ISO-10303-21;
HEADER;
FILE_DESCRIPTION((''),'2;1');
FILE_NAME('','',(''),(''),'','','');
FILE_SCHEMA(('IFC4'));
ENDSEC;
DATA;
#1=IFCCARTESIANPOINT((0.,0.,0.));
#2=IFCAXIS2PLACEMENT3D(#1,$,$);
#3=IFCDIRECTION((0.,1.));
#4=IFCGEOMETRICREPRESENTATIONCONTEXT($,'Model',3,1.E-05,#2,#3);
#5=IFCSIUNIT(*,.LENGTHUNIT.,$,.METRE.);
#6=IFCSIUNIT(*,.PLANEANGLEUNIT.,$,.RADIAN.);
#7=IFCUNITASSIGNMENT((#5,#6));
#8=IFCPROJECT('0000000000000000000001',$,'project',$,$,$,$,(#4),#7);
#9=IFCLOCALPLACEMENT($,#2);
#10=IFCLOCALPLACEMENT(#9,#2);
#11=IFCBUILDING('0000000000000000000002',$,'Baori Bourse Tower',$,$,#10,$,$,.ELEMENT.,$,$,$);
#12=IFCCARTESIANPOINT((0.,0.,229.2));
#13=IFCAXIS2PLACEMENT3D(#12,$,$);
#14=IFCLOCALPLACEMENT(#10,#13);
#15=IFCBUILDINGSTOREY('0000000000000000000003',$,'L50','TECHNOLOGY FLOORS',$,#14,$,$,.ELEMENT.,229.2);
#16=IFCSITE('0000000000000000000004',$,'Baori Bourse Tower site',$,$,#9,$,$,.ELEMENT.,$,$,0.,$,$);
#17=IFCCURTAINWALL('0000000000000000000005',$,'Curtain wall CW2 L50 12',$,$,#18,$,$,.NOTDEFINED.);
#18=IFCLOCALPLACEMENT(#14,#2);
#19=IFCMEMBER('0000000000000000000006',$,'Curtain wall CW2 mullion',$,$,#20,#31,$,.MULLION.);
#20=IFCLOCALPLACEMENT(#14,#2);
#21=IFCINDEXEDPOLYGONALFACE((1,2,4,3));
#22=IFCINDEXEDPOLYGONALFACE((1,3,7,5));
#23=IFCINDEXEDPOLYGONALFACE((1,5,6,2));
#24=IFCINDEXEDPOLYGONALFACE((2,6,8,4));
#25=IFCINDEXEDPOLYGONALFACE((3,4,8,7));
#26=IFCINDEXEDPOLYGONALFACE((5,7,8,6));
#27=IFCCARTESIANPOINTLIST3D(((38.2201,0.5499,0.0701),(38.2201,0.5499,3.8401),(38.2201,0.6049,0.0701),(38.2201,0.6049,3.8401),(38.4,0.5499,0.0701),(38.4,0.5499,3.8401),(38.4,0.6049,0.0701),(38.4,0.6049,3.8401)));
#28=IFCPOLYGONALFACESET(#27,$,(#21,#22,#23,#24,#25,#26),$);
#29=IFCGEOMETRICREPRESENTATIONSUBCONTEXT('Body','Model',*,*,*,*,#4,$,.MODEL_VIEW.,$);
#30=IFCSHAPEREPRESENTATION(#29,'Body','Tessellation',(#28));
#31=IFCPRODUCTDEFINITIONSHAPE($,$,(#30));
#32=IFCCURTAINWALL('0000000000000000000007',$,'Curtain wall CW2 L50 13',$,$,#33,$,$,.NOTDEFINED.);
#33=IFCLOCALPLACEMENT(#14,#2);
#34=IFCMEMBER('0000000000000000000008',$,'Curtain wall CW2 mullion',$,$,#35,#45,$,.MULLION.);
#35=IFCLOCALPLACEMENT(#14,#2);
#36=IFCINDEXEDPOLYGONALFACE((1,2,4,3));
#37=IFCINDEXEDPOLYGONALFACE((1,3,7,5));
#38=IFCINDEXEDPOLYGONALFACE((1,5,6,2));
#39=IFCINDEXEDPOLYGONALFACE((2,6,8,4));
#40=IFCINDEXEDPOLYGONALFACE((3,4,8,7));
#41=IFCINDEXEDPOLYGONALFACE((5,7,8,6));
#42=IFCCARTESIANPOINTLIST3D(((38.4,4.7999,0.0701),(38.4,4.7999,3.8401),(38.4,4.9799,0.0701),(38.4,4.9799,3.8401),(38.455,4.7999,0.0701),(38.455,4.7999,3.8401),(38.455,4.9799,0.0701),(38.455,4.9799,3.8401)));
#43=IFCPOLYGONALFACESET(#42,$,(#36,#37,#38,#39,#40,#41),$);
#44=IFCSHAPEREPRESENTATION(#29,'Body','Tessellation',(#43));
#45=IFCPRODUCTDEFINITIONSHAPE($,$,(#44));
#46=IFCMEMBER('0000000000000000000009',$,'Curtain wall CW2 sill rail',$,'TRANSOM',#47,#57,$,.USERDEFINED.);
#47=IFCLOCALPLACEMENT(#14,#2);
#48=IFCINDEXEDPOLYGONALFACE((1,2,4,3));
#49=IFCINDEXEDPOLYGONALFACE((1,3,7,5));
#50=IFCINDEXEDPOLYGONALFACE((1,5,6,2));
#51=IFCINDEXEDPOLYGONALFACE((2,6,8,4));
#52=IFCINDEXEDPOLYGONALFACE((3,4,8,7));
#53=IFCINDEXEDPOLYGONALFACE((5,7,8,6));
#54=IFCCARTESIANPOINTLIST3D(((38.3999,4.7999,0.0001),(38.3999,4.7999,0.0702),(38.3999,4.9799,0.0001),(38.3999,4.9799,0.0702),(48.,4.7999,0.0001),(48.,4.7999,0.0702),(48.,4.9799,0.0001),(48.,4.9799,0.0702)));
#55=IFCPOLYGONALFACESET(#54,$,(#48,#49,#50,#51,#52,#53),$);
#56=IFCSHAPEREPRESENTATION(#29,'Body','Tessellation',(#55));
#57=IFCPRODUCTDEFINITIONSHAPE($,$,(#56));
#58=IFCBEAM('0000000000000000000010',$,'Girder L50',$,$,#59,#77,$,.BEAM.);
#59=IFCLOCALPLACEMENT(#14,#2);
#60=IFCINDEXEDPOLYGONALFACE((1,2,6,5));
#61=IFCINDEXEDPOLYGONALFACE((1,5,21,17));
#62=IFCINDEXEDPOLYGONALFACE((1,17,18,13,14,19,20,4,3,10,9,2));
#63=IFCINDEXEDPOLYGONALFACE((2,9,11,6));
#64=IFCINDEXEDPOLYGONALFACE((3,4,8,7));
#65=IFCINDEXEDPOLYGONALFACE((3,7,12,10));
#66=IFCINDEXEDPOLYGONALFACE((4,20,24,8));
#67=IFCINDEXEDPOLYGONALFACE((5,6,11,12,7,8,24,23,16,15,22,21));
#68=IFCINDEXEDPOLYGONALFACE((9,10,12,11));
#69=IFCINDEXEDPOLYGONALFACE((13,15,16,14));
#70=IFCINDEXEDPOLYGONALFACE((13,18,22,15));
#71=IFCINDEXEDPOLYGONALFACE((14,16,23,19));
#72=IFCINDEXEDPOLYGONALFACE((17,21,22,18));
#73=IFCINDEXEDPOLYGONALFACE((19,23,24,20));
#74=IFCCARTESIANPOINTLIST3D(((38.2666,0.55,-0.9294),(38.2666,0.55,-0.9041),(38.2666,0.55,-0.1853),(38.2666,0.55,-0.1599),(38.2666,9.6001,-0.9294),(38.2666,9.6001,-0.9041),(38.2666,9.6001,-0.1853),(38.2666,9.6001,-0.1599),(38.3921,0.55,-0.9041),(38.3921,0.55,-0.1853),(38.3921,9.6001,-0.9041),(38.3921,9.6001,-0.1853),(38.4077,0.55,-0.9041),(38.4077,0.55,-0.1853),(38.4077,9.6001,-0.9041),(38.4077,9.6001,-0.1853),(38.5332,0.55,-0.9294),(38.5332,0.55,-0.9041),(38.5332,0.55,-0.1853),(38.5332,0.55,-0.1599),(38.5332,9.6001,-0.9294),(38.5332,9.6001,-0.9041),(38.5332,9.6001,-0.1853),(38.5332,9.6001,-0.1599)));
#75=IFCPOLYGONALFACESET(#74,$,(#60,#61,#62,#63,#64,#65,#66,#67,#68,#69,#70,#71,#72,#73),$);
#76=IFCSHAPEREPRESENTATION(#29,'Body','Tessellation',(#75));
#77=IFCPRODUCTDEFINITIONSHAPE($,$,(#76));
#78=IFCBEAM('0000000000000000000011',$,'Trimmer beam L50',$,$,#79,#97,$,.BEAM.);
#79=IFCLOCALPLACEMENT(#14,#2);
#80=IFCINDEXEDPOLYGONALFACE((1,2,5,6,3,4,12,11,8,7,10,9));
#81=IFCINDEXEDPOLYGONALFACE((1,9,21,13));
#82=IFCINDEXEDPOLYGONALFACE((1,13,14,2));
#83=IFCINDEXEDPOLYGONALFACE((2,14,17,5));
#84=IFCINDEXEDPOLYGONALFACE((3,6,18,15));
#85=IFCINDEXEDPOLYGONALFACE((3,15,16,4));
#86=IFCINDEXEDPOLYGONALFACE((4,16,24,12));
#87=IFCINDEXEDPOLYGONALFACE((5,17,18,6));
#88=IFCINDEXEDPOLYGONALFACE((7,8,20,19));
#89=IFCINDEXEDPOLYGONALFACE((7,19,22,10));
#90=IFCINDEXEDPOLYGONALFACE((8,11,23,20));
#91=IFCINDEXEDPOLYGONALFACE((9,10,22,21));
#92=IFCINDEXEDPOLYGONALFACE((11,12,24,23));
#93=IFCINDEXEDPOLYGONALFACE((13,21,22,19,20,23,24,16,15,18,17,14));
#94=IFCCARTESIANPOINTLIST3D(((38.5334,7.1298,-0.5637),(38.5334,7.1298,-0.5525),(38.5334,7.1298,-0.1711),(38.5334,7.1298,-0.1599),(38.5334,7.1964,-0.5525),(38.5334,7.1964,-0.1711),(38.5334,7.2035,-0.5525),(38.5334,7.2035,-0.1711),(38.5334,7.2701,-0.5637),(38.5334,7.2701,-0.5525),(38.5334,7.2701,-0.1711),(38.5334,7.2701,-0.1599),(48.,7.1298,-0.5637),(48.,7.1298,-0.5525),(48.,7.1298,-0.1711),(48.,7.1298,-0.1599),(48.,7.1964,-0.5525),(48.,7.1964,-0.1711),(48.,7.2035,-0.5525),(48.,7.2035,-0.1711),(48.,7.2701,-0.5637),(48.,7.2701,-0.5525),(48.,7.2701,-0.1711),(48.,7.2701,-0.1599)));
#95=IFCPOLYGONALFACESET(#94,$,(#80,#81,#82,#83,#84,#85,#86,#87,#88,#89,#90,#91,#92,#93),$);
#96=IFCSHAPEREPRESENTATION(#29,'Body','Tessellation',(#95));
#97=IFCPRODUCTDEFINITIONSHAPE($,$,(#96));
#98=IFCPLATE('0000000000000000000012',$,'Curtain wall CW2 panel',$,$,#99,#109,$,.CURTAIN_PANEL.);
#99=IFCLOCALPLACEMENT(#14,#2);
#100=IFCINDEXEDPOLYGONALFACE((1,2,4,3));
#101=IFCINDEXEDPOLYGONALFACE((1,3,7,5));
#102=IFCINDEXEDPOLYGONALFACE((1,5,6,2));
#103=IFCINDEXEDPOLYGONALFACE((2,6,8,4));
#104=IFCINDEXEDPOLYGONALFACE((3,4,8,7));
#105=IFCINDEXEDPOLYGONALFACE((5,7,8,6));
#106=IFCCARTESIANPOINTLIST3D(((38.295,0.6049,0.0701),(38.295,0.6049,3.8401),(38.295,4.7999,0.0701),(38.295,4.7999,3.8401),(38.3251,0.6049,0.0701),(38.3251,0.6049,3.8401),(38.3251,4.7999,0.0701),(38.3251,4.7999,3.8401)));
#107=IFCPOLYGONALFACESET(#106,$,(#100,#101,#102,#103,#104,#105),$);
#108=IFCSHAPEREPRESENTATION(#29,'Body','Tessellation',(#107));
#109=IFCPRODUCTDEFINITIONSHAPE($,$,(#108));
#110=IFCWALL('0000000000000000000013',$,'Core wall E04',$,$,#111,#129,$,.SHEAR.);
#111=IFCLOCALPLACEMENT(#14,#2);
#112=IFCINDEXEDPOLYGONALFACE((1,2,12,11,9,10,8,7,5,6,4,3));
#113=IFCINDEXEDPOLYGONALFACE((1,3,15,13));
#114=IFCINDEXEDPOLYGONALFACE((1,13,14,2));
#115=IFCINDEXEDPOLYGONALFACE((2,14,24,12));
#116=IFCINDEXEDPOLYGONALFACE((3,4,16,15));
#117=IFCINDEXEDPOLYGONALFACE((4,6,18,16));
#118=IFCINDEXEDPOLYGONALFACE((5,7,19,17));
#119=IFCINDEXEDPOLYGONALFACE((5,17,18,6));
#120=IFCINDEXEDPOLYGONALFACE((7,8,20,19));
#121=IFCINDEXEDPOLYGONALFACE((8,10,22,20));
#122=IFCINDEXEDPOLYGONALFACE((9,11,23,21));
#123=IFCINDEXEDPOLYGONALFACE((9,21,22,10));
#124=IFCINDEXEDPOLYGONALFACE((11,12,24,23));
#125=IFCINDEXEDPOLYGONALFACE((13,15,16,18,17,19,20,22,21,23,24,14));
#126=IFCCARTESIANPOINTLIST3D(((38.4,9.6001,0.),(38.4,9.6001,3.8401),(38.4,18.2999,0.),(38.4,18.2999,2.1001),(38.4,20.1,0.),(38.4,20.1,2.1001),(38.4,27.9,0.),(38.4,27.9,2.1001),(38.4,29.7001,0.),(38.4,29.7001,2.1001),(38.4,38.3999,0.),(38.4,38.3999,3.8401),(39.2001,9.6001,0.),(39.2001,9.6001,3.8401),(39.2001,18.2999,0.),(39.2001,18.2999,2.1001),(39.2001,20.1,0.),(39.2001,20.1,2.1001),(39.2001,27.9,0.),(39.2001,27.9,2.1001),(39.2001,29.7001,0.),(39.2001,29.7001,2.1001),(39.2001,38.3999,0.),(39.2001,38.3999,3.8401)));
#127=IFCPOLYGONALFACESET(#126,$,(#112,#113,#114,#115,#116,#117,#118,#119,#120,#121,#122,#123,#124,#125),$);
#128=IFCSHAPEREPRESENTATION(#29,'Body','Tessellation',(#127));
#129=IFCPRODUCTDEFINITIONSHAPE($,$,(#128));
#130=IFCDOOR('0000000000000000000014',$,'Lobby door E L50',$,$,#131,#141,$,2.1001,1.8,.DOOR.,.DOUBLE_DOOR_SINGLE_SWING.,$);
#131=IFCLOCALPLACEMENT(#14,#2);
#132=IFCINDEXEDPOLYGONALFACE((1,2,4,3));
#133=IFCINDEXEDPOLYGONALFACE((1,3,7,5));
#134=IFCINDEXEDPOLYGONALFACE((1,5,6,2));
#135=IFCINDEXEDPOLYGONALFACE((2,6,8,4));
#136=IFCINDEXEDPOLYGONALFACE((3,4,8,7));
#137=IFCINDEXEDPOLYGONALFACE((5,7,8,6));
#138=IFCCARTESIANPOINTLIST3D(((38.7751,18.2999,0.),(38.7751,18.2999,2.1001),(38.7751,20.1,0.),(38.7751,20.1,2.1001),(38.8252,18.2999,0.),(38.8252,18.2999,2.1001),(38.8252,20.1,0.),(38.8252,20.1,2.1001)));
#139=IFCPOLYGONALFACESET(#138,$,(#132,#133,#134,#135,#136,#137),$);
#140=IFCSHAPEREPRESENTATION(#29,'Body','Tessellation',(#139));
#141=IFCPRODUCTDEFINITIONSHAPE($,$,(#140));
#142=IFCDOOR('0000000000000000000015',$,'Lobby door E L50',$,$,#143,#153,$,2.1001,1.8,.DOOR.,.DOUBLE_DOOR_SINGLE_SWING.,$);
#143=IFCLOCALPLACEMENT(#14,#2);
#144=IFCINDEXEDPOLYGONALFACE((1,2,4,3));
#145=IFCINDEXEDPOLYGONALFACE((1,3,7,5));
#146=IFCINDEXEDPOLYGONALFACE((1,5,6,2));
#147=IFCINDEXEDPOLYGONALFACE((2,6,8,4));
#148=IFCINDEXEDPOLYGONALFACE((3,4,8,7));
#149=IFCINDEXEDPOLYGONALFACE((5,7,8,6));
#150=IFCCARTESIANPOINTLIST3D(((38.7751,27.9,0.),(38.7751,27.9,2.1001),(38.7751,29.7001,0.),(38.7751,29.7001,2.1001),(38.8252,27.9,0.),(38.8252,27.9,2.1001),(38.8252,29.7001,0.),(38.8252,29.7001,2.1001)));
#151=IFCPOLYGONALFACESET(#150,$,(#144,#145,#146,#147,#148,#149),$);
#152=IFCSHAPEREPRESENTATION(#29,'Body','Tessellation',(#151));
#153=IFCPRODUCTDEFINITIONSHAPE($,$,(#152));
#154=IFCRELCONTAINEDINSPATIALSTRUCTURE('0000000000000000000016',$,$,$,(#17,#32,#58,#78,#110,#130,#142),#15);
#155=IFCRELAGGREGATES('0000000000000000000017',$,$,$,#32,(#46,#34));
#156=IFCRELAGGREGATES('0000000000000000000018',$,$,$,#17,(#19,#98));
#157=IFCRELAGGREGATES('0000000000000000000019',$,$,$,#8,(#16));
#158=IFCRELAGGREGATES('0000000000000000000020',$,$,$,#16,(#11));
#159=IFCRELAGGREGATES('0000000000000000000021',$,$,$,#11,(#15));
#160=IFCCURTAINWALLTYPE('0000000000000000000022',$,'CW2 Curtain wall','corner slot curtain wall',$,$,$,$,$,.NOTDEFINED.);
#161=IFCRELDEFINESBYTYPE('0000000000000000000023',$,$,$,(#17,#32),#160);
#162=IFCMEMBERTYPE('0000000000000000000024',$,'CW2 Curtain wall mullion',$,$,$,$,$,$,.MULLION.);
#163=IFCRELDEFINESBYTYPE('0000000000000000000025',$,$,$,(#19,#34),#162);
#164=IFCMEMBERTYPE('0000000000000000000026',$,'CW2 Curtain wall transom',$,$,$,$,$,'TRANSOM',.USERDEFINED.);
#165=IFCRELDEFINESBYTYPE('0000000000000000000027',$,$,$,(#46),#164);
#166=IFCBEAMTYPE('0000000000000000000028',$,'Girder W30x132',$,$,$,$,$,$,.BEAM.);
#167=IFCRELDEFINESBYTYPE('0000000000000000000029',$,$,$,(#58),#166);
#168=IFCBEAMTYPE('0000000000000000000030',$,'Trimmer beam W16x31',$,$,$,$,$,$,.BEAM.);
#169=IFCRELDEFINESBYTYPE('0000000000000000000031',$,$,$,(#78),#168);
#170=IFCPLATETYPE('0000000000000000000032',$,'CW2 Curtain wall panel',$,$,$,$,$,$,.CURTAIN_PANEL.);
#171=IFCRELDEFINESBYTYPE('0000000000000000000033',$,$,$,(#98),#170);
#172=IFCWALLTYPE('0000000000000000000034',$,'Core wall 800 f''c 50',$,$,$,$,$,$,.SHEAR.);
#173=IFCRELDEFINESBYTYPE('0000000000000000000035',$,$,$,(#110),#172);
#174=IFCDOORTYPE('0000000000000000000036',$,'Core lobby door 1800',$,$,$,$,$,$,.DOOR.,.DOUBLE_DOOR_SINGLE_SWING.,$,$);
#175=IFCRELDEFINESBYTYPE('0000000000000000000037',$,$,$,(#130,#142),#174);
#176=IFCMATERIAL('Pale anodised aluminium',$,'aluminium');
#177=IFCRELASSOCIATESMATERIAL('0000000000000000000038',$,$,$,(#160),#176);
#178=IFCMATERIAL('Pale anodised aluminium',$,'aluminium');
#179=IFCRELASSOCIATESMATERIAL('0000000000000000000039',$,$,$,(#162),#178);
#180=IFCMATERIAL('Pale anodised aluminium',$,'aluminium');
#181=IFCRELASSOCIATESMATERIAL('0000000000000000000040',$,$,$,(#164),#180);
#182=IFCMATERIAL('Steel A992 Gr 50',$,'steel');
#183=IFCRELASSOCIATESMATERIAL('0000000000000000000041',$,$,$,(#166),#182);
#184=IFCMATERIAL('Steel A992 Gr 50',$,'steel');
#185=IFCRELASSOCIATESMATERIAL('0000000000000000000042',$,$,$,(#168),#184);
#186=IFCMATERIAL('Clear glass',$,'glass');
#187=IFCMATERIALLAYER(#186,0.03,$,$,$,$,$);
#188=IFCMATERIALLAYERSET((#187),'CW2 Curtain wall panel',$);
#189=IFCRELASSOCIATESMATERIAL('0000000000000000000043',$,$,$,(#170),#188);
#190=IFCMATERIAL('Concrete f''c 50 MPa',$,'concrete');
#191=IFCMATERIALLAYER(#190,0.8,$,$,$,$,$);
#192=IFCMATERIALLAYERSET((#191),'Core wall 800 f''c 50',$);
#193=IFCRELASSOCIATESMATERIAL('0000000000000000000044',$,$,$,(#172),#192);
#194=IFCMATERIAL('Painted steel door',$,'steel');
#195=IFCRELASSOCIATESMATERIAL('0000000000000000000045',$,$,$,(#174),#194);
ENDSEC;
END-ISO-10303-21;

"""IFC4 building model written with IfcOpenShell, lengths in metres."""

from ifc_helpers import new_model, si_unit, direction, frame, frame_2d, origin, origin_2d, place, context, subcontext, project, spatial, rectangle, i_section, extrude, material, layer, layer_set, material_profile, profile_set, type_object, element, fill, aggregate, save


model = new_model("IFC4")

# Units and contexts
model_context = context("Model", 3, precision=1e-05, world=origin(), true_north=direction((0.0, 1.0)))
body_context = subcontext(model_context, "Body", "Model", "MODEL_VIEW")
ifc_project = project(units=[si_unit("LENGTHUNIT", "METRE"), si_unit("PLANEANGLEUNIT", "RADIAN")], contexts=[model_context])

# Site, building, storey
site_placement = place(None, origin())
site = spatial("IfcSite", under=ifc_project, at=site_placement, Name="Baori Bourse Tower site", CompositionType="ELEMENT", RefElevation=0.0)
building_placement = place(site_placement, origin())
building = spatial("IfcBuilding", under=site, at=building_placement, Name="Baori Bourse Tower", CompositionType="ELEMENT")
storey_placement = place(building_placement, frame((0.0, 0.0, 229.2)))
storey = spatial("IfcBuildingStorey", under=building, at=storey_placement, Name="L50", Description="TECHNOLOGY FLOORS", CompositionType="ELEMENT", Elevation=229.2)

# Curtain wall, member
ifc_material_1 = material(Name="Pale anodised aluminium", Category="aluminium")
curtain_wall_type = type_object("IfcCurtainWallType", Name="CW2 Curtain wall", Description="corner slot curtain wall", PredefinedType="NOTDEFINED", material=ifc_material_1)
curtain_wall_1_placement = place(storey_placement, origin())
curtain_wall_1 = element("IfcCurtainWall", 1, at=curtain_wall_1_placement, inside=storey, type_object=curtain_wall_type, Name="Curtain wall CW2 L50 12", PredefinedType="NOTDEFINED")
ifc_material_2 = material(Name="Pale anodised aluminium", Category="aluminium")
ifc_material_profile_1 = material_profile(ifc_material_2, rectangle(XDim=0.1799, YDim=0.0549, at=origin_2d()), Name="Mullion 55x180")
ifc_profile_set_1 = profile_set([ifc_material_profile_1], Name="Pale anodised aluminium")
member_type_1 = type_object("IfcMemberType", Name="CW2 Curtain wall mullion", PredefinedType="MULLION", material=ifc_profile_set_1)
member_1_placement = place(storey_placement, frame((38.3101, 0.5774, 0.0701), z_axis=(0.0, 0.0, 1.0), x_axis=(-1.0, 0.0, 0.0)))
member_1 = element("IfcMember", 2, at=member_1_placement, type_object=member_type_1, Name="Curtain wall CW2 mullion", PredefinedType="MULLION", context=body_context, shape_type="SweptSolid", body=[
    extrude(rectangle(XDim=0.1799, YDim=0.0549, at=origin_2d()), origin(), (0.0, 0.0, 1.0), 3.77),
])

# Curtain wall, members
curtain_wall_2_placement = place(storey_placement, origin())
curtain_wall_2 = element("IfcCurtainWall", 3, at=curtain_wall_2_placement, inside=storey, type_object=curtain_wall_type, Name="Curtain wall CW2 L50 13", PredefinedType="NOTDEFINED")
member_2_placement = place(storey_placement, frame((38.4275, 4.8899, 0.0701), z_axis=(0.0, 0.0, 1.0), x_axis=(0.0, 1.0, 0.0)))
member_2 = element("IfcMember", 4, at=member_2_placement, type_object=member_type_1, Name="Curtain wall CW2 mullion", PredefinedType="MULLION", context=body_context, shape_type="SweptSolid", body=[
    extrude(rectangle(XDim=0.1799, YDim=0.0549, at=origin_2d()), origin(), (0.0, 0.0, 1.0), 3.77),
])
ifc_material_3 = material(Name="Pale anodised aluminium", Category="aluminium")
ifc_material_profile_2 = material_profile(ifc_material_3, rectangle(XDim=0.1799, YDim=0.0701, at=origin_2d()), Name="Transom 70x180")
ifc_profile_set_2 = profile_set([ifc_material_profile_2], Name="Pale anodised aluminium")
member_type_2 = type_object("IfcMemberType", Name="CW2 Curtain wall transom", ElementType="TRANSOM", PredefinedType="USERDEFINED", material=ifc_profile_set_2)
member_3_placement = place(storey_placement, frame((38.3999, 4.8899, 0.0352), z_axis=(1.0, 0.0, 0.0), x_axis=(0.0, 1.0, 0.0)))
member_3 = element("IfcMember", 5, at=member_3_placement, type_object=member_type_2, Name="Curtain wall CW2 sill rail", ObjectType="TRANSOM", PredefinedType="USERDEFINED", context=body_context, shape_type="SweptSolid", body=[
    extrude(rectangle(XDim=0.1799, YDim=0.0701, at=origin_2d()), origin(), (0.0, 0.0, 1.0), 9.6001),
])
aggregate(curtain_wall_2, [member_3, member_2])

# Beams
ifc_material_4 = material(Name="Steel A992 Gr 50", Category="steel")
ifc_material_profile_3 = material_profile(ifc_material_4, i_section(OverallWidth=0.2666, OverallDepth=0.7695, WebThickness=0.0156, FlangeThickness=0.0254, at=origin_2d()), Name="W30x132")
ifc_profile_set_3 = profile_set([ifc_material_profile_3], Name="Steel A992 Gr 50")
beam_type_1 = type_object("IfcBeamType", Name="Girder W30x132", PredefinedType="BEAM", material=ifc_profile_set_3)
beam_1_placement = place(storey_placement, frame((38.3999, 0.55, -0.5447), z_axis=(0.0, 1.0, 0.0), x_axis=(-1.0, 0.0, 0.0)))
element("IfcBeam", 6, at=beam_1_placement, inside=storey, type_object=beam_type_1, Name="Girder L50", PredefinedType="BEAM", context=body_context, shape_type="SweptSolid", body=[
    extrude(i_section(OverallWidth=0.2666, OverallDepth=0.7695, WebThickness=0.0156, FlangeThickness=0.0254, at=origin_2d()), origin(), (0.0, 0.0, 1.0), 9.05),
])
ifc_material_5 = material(Name="Steel A992 Gr 50", Category="steel")
ifc_material_profile_4 = material_profile(ifc_material_5, i_section(OverallWidth=0.1404, OverallDepth=0.4038, WebThickness=0.0071, FlangeThickness=0.0112, at=origin_2d()), Name="W16x31")
ifc_profile_set_4 = profile_set([ifc_material_profile_4], Name="Steel A992 Gr 50")
beam_type_2 = type_object("IfcBeamType", Name="Trimmer beam W16x31", PredefinedType="BEAM", material=ifc_profile_set_4)
beam_2_placement = place(storey_placement, frame((38.5334, 7.2, -0.3618), z_axis=(1.0, 0.0, 0.0), x_axis=(0.0, 1.0, 0.0)))
element("IfcBeam", 7, at=beam_2_placement, inside=storey, type_object=beam_type_2, Name="Trimmer beam L50", PredefinedType="BEAM", context=body_context, shape_type="SweptSolid", body=[
    extrude(i_section(OverallWidth=0.1404, OverallDepth=0.4038, WebThickness=0.0071, FlangeThickness=0.0112, at=origin_2d()), origin(), (0.0, 0.0, 1.0), 9.4666),
])

# Plate
ifc_material_6 = material(Name="Clear glass", Category="glass")
ifc_layer_1 = layer(ifc_material_6, 0.03)
ifc_layer_set_1 = layer_set([ifc_layer_1], Name="CW2 Curtain wall panel")
plate_type = type_object("IfcPlateType", Name="CW2 Curtain wall panel", PredefinedType="CURTAIN_PANEL", material=ifc_layer_set_1)
plate_placement = place(storey_placement, frame((38.3101, 2.7024, 0.0701), z_axis=(0.0, 0.0, 1.0), x_axis=(0.0, 1.0, 0.0)))
plate = element("IfcPlate", 8, at=plate_placement, type_object=plate_type, Name="Curtain wall CW2 panel", PredefinedType="CURTAIN_PANEL", context=body_context, shape_type="SweptSolid", body=[
    extrude(rectangle(XDim=4.1951, YDim=0.03, at=origin_2d()), origin(), (0.0, 0.0, 1.0), 3.77),
])
aggregate(curtain_wall_1, [member_1, plate])

# Wall, openings, doors
ifc_material_7 = material(Name="Concrete f'c 50 MPa", Category="concrete")
ifc_layer_2 = layer(ifc_material_7, 0.8)
ifc_layer_set_2 = layer_set([ifc_layer_2], Name="Core wall 800 f'c 50")
wall_type_1 = type_object("IfcWallType", Name="Core wall 800 f'c 50", PredefinedType="SHEAR", material=ifc_layer_set_2)
wall_1_placement = place(storey_placement, frame((38.8, 9.6001, 0.0), z_axis=(0.0, 0.0, 1.0), x_axis=(0.0, 1.0, 0.0)))
wall_1 = element("IfcWall", 9, at=wall_1_placement, inside=storey, type_object=wall_type_1, Name="Core wall E04", PredefinedType="SHEAR", context=body_context, shape_type="SweptSolid", body=[
    extrude(rectangle(XDim=28.7998, YDim=0.8, at=frame_2d((14.3999, 0.0))), origin(), (0.0, 0.0, 1.0), 3.8401),
])
opening_1_placement = place(wall_1_placement, frame((8.7, 0.0, 0.0)))
opening_1 = element("IfcOpeningElement", 10, at=opening_1_placement, cuts=wall_1, PredefinedType="OPENING", context=body_context, shape_type="SweptSolid", body=[
    extrude(rectangle(XDim=1.8, YDim=2.1001, at=frame_2d((0.8999, 1.05))), frame((0.0, 0.4099, 0.0), z_axis=(0.0, -1.0, 0.0), x_axis=(1.0, 0.0, 0.0)), (0.0, 0.0, 1.0), 0.8201),
])
opening_2_placement = place(wall_1_placement, frame((18.3, 0.0, 0.0)))
opening_2 = element("IfcOpeningElement", 11, at=opening_2_placement, cuts=wall_1, PredefinedType="OPENING", context=body_context, shape_type="SweptSolid", body=[
    extrude(rectangle(XDim=1.8, YDim=2.1001, at=frame_2d((0.8999, 1.05))), frame((0.0, 0.4099, 0.0), z_axis=(0.0, -1.0, 0.0), x_axis=(1.0, 0.0, 0.0)), (0.0, 0.0, 1.0), 0.8201),
])
ifc_material_8 = material(Name="Painted steel door", Category="steel")
door_type_1 = type_object("IfcDoorType", Name="Core lobby door 1800", OperationType="DOUBLE_DOOR_SINGLE_SWING", PredefinedType="DOOR", material=ifc_material_8)
door_1_placement = place(opening_1_placement, origin())
door_1 = element("IfcDoor", 12, at=door_1_placement, inside=storey, type_object=door_type_1, Name="Lobby door E L50", OperationType="DOUBLE_DOOR_SINGLE_SWING", OverallHeight=2.1001, OverallWidth=1.8, PredefinedType="DOOR", context=body_context, shape_type="SweptSolid", body=[
    extrude(rectangle(XDim=1.8, YDim=2.1001, at=frame_2d((0.8999, 1.05))), frame((0.0, 0.0249, 0.0), z_axis=(0.0, -1.0, 0.0), x_axis=(1.0, 0.0, 0.0)), (0.0, 0.0, 1.0), 0.05),
])
fill(opening_1, door_1)
door_2_placement = place(opening_2_placement, origin())
door_2 = element("IfcDoor", 13, at=door_2_placement, inside=storey, type_object=door_type_1, Name="Lobby door E L50", OperationType="DOUBLE_DOOR_SINGLE_SWING", OverallHeight=2.1001, OverallWidth=1.8, PredefinedType="DOOR", context=body_context, shape_type="SweptSolid", body=[
    extrude(rectangle(XDim=1.8, YDim=2.1001, at=frame_2d((0.8999, 1.05))), frame((0.0, 0.0249, 0.0), z_axis=(0.0, -1.0, 0.0), x_axis=(1.0, 0.0, 0.0)), (0.0, 0.0, 1.0), 0.05),
])
fill(opening_2, door_2)

save(model, "model.ifc")
